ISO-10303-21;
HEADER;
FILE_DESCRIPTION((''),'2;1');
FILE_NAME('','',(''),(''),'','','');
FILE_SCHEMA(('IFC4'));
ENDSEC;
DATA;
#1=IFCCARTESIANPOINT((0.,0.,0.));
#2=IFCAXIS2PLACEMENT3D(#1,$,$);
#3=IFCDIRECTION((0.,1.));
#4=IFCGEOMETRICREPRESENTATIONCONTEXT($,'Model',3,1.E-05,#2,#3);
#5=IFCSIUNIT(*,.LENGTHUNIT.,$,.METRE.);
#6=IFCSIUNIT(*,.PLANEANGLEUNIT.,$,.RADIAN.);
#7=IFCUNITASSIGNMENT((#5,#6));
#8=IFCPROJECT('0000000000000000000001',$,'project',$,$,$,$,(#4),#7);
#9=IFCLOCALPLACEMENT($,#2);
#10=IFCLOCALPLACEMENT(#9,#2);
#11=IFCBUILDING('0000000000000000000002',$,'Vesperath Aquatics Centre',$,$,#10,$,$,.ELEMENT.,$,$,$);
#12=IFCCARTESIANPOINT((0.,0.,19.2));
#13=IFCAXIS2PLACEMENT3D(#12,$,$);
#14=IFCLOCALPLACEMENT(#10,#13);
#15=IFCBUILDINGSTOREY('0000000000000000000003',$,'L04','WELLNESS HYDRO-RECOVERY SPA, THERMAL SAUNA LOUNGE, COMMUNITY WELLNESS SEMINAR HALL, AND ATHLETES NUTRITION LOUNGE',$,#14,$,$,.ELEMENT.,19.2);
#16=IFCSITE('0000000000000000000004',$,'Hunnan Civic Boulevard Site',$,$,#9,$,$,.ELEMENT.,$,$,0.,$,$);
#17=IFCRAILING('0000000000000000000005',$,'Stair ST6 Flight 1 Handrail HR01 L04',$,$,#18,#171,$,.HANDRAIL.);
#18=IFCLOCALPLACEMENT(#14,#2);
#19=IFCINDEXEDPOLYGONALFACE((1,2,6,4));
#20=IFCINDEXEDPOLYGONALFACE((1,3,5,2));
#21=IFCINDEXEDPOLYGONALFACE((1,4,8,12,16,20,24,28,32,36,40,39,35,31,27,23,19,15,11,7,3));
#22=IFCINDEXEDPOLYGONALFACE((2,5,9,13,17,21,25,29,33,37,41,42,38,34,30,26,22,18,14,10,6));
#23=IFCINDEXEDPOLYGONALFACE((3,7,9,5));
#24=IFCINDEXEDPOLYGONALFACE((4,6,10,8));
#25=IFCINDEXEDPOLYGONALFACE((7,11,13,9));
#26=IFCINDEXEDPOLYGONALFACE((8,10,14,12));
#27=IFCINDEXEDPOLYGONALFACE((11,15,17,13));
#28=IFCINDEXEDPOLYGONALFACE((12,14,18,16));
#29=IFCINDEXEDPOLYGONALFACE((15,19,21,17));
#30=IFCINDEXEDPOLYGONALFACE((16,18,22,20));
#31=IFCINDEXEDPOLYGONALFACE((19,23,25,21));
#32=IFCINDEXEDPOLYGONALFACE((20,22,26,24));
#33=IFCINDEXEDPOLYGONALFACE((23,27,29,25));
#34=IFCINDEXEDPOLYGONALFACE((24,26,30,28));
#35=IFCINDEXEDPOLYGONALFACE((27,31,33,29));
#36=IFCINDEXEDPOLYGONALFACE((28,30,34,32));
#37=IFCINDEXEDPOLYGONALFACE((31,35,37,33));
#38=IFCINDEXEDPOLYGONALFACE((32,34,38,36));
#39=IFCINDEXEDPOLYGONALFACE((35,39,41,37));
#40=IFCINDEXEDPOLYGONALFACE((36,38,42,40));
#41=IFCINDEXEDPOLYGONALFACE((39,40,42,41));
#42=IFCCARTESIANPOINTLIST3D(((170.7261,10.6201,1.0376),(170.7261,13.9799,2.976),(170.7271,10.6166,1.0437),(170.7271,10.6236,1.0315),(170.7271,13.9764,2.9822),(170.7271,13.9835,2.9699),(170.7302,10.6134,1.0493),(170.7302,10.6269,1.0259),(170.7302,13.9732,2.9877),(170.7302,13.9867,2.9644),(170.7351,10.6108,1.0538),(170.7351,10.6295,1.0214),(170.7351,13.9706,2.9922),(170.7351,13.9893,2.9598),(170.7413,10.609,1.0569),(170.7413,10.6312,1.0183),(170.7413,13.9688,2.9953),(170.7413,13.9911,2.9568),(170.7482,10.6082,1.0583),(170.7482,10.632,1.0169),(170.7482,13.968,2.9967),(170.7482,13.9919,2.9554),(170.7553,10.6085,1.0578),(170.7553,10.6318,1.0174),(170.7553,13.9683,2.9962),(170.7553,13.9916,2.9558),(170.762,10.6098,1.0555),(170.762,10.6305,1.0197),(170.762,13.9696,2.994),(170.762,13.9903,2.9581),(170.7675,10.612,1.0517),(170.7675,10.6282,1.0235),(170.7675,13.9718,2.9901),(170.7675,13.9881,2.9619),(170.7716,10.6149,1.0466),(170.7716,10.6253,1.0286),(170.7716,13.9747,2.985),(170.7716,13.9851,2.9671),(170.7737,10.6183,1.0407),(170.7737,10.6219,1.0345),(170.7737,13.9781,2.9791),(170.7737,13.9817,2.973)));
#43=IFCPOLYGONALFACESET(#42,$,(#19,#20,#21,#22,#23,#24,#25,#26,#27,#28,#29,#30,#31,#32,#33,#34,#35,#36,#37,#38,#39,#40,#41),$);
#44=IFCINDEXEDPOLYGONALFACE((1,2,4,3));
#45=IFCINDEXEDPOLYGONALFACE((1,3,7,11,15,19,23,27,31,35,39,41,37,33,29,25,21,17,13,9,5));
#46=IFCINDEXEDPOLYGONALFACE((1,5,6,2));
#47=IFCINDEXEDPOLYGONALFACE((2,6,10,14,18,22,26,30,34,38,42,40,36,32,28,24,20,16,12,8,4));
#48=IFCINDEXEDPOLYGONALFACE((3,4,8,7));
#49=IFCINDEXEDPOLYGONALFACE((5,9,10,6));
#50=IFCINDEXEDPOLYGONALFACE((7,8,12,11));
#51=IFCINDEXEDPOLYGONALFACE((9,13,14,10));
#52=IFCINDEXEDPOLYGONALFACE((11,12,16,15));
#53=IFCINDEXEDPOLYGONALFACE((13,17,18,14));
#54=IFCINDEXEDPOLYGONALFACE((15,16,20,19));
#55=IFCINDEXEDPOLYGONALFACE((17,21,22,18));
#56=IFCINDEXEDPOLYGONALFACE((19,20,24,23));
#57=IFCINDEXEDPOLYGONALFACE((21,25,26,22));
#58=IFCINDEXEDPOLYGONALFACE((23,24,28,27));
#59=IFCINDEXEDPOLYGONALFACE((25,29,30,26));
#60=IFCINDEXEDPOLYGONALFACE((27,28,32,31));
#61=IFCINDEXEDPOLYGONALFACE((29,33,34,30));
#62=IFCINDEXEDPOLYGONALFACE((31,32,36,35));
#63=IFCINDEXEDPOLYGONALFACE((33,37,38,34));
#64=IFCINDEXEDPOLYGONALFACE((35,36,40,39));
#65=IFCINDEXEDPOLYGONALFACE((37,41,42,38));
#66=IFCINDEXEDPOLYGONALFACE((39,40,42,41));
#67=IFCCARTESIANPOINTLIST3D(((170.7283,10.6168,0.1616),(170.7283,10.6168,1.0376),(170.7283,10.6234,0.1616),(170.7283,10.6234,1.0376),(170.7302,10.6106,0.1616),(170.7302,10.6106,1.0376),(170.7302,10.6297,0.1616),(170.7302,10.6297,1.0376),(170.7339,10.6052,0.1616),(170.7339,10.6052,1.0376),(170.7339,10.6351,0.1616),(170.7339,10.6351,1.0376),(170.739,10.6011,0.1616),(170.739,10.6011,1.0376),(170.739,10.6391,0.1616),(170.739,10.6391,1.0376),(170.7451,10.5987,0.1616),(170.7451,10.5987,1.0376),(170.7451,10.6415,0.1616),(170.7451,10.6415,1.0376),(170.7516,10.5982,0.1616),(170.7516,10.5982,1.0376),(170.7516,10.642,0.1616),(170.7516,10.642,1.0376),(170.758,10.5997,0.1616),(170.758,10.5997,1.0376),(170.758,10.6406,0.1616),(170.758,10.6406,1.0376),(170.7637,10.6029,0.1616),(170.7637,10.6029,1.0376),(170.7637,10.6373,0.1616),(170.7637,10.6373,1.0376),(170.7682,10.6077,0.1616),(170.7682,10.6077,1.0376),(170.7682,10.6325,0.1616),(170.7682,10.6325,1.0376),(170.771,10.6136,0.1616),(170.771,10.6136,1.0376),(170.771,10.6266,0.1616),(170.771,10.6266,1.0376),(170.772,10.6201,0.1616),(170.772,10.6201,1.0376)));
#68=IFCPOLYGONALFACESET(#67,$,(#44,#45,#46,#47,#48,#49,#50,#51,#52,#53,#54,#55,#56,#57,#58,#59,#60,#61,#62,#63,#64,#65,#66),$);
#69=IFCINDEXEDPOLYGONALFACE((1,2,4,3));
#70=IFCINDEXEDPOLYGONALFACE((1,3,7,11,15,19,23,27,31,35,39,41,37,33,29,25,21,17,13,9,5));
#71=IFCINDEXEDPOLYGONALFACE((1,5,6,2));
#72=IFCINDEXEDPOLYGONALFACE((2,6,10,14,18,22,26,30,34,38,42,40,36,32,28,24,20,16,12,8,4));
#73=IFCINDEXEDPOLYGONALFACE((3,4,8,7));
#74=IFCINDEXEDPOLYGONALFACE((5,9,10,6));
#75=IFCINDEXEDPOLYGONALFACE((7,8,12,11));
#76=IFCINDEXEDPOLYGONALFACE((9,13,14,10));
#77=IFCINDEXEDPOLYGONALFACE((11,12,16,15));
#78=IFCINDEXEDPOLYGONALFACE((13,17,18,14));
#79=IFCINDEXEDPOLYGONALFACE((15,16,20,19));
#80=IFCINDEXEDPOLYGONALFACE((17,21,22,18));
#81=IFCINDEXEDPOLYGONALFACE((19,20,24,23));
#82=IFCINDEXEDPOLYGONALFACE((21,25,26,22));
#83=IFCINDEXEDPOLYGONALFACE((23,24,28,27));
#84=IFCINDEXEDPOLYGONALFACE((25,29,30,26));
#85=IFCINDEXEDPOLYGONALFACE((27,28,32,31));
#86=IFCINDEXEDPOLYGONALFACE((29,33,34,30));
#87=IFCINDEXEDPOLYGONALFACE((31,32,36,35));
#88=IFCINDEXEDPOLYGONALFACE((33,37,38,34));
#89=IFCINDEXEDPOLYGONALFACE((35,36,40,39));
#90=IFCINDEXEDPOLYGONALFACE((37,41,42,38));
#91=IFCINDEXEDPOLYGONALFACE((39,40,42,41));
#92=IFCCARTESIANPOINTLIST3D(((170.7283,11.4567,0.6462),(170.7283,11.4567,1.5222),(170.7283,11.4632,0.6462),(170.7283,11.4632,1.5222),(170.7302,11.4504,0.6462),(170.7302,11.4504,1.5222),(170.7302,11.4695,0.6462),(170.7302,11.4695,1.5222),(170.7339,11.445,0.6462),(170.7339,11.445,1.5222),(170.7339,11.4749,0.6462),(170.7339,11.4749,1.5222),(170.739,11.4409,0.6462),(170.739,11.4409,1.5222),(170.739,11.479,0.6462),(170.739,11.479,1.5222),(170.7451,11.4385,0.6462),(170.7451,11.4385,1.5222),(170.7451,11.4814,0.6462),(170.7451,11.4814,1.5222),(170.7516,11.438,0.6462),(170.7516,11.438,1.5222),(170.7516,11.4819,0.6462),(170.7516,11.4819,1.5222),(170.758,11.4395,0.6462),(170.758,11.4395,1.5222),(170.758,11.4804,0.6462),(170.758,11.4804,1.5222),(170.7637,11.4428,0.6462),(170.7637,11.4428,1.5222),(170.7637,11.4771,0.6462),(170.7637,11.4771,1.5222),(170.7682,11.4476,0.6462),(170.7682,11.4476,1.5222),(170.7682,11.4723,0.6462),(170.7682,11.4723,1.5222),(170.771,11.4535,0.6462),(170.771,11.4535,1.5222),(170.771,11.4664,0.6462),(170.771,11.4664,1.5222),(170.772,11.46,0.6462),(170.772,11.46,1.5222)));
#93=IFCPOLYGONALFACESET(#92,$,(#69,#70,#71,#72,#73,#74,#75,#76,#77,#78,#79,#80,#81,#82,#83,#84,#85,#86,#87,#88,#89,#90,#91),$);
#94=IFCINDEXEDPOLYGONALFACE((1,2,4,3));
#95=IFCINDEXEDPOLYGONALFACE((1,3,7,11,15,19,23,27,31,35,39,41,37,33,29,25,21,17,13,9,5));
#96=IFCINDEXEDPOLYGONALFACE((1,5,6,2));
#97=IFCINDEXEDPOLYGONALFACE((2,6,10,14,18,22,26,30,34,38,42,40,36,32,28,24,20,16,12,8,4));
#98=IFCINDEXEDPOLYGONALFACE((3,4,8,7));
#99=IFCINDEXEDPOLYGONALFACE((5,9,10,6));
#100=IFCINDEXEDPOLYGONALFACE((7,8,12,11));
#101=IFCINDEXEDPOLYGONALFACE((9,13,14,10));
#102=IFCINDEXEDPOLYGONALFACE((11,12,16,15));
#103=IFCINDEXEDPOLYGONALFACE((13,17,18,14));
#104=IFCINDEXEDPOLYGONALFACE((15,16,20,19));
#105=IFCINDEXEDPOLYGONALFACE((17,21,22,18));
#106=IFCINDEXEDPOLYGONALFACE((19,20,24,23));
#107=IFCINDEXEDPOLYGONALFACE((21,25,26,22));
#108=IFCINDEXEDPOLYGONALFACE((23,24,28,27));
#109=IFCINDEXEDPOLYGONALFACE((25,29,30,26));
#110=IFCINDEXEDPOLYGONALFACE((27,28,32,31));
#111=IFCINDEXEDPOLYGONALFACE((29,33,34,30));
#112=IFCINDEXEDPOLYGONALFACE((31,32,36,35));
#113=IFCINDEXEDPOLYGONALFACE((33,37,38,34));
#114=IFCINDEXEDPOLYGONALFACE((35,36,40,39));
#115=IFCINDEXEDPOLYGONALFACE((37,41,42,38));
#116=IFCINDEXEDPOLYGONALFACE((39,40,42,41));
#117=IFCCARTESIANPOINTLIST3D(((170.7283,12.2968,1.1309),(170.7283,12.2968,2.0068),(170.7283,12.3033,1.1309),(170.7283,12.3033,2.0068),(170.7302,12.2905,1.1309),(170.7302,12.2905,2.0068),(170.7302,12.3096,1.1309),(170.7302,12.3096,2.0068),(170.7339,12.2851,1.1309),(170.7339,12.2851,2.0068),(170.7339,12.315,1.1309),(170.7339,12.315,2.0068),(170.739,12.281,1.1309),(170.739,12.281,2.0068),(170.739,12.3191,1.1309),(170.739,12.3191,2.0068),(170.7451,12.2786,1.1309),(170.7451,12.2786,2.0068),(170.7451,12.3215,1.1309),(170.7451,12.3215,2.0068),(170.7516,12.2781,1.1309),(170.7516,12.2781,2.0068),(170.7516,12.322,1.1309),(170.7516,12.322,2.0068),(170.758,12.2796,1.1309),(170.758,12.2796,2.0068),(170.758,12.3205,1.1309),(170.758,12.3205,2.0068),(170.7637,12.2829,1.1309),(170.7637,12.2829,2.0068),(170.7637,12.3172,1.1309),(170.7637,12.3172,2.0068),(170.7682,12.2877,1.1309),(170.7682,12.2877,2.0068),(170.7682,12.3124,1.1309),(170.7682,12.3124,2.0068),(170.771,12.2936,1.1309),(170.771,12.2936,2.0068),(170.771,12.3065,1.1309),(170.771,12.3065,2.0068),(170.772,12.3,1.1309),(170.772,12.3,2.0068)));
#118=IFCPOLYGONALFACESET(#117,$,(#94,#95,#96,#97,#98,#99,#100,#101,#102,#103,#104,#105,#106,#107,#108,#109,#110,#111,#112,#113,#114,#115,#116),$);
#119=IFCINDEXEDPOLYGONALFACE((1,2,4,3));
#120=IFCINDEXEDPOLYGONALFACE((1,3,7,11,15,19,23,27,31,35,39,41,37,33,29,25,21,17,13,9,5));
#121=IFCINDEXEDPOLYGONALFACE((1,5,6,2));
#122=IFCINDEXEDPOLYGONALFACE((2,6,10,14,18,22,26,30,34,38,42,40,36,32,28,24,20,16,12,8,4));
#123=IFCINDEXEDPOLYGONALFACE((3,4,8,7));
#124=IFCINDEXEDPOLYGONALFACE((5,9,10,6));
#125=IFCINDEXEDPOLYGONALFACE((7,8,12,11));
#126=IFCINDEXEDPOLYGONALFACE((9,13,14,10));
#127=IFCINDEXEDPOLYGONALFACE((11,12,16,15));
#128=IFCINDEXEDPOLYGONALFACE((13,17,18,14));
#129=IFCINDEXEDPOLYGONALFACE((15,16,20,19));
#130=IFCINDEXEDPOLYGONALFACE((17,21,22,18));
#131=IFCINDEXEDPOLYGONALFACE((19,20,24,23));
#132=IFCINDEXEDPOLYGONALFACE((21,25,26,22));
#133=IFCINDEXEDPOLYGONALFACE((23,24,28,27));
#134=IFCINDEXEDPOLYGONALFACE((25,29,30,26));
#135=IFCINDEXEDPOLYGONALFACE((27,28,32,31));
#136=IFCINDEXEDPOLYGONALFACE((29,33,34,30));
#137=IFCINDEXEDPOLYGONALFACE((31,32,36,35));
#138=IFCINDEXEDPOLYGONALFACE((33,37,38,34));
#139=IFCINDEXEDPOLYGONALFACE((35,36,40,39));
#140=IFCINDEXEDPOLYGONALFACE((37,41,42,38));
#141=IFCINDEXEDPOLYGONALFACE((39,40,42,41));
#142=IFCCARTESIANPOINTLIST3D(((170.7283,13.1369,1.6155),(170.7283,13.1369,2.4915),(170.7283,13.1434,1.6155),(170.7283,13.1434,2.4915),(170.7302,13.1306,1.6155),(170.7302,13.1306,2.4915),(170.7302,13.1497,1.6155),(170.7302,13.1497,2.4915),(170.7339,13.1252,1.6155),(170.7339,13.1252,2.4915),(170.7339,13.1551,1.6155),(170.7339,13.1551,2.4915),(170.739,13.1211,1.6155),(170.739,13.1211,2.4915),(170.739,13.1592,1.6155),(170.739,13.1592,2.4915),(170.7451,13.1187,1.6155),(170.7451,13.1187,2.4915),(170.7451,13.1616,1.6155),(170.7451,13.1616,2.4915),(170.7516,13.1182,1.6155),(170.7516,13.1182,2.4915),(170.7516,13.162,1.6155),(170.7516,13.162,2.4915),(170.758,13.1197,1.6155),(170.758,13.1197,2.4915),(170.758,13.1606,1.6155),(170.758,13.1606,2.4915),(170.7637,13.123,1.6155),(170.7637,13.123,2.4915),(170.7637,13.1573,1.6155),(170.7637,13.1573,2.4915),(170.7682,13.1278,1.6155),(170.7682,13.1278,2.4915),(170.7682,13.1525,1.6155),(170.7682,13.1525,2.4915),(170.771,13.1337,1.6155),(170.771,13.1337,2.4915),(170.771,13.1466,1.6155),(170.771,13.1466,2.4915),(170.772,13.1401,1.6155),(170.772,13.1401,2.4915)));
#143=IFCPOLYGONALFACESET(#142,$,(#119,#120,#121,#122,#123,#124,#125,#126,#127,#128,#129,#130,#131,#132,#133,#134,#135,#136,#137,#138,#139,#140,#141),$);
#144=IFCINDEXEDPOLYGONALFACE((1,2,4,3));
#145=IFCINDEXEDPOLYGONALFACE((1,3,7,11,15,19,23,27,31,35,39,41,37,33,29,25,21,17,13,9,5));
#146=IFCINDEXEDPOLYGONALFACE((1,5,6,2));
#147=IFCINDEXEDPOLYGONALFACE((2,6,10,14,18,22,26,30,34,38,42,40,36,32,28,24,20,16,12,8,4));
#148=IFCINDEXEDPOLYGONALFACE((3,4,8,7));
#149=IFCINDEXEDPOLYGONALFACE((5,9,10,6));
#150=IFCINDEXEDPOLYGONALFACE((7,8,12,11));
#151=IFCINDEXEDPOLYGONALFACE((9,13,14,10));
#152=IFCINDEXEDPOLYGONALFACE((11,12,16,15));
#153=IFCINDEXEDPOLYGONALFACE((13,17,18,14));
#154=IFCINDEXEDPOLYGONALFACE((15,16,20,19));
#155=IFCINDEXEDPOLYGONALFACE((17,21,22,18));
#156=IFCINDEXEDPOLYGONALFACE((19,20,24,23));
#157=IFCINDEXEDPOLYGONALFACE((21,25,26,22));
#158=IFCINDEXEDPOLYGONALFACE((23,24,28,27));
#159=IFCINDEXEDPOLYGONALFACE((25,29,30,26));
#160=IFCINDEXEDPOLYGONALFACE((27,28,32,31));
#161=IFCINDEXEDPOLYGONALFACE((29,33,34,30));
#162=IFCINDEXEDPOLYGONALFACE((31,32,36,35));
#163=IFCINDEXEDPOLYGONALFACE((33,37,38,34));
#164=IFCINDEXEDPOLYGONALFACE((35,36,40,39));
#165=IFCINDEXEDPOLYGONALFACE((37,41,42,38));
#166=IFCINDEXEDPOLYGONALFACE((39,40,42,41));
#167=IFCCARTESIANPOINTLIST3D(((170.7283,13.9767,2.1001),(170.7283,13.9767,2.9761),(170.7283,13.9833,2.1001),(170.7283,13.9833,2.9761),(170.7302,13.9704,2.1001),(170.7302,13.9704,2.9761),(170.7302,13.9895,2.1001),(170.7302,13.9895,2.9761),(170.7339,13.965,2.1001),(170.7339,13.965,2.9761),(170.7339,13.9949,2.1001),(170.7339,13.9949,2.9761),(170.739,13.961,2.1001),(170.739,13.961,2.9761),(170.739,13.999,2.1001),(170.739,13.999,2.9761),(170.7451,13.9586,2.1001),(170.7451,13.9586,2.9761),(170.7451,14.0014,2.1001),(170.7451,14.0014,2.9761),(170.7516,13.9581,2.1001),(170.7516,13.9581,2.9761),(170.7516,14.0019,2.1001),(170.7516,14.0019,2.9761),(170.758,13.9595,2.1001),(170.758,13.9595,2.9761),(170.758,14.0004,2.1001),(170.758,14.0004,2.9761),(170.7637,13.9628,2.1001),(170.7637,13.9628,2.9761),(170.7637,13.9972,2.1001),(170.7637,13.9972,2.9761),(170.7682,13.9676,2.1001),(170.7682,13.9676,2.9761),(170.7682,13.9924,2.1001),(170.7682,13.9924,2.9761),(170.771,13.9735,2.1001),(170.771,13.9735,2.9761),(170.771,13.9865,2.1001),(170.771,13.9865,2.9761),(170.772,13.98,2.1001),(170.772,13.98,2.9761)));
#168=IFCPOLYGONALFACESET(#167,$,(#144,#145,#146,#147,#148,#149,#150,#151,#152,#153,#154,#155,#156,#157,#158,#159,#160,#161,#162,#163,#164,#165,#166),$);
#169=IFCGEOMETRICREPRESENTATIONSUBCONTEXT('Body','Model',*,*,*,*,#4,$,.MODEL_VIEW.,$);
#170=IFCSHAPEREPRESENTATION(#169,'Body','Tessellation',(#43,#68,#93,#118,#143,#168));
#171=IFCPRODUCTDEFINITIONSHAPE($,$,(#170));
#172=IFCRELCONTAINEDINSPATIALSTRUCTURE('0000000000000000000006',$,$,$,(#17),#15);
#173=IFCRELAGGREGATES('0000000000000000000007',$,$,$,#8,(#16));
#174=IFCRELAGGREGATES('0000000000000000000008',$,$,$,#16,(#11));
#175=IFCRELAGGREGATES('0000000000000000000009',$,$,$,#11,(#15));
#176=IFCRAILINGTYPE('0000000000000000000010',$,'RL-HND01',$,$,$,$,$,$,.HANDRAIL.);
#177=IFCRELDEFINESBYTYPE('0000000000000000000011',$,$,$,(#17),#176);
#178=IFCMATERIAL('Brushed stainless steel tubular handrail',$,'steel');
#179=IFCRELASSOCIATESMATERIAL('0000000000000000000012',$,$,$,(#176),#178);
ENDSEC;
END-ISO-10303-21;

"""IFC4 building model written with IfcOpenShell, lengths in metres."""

from ifc_helpers import new_model, si_unit, direction, frame, origin, origin_2d, place, context, subcontext, project, spatial, circle, extrude, material, type_object, element, save


model = new_model("IFC4")

# Units and contexts
model_context = context("Model", 3, precision=1e-05, world=origin(), true_north=direction((0.0, 1.0)))
body_context = subcontext(model_context, "Body", "Model", "MODEL_VIEW")
ifc_project = project(units=[si_unit("LENGTHUNIT", "METRE"), si_unit("PLANEANGLEUNIT", "RADIAN")], contexts=[model_context])

# Site, building, storey
site_placement = place(None, origin())
site = spatial("IfcSite", under=ifc_project, at=site_placement, Name="Hunnan Civic Boulevard Site", CompositionType="ELEMENT", RefElevation=0.0)
building_placement = place(site_placement, origin())
building = spatial("IfcBuilding", under=site, at=building_placement, Name="Vesperath Aquatics Centre", CompositionType="ELEMENT")
storey_placement = place(building_placement, frame((0.0, 0.0, 19.2)))
storey = spatial("IfcBuildingStorey", under=building, at=storey_placement, Name="L04", Description="WELLNESS HYDRO-RECOVERY SPA, THERMAL SAUNA LOUNGE, COMMUNITY WELLNESS SEMINAR HALL, AND ATHLETES NUTRITION LOUNGE", CompositionType="ELEMENT", Elevation=19.2)

# Railing
ifc_material_1 = material(Name="Brushed stainless steel tubular handrail", Category="steel")
railing_type_1 = type_object("IfcRailingType", Name="RL-HND01", PredefinedType="HANDRAIL", material=ifc_material_1)
railing_1_placement = place(storey_placement, frame((170.75, 10.6201, 0.1616)))
element("IfcRailing", 1, at=railing_1_placement, inside=storey, type_object=railing_type_1, Name="Stair ST6 Flight 1 Handrail HR01 L04", PredefinedType="HANDRAIL", context=body_context, shape_type="SweptSolid", body=[
    extrude(circle(Radius=0.0239, at=origin_2d()), frame((0.0, 0.0, 0.876), z_axis=(0.0, 0.866175, 0.499741), x_axis=(-1.0, 0.0, 0.0)), (0.0, 0.0, 1.0), 3.8789),
    extrude(circle(Radius=0.022, at=origin_2d()), origin(), (0.0, 0.0, 1.0), 0.876),
    extrude(circle(Radius=0.022, at=origin_2d()), frame((0.0, 0.8398, 0.4846)), (0.0, 0.0, 1.0), 0.876),
    extrude(circle(Radius=0.022, at=origin_2d()), frame((0.0, 1.6799, 0.9692)), (0.0, 0.0, 1.0), 0.876),
    extrude(circle(Radius=0.022, at=origin_2d()), frame((0.0, 2.52, 1.4539)), (0.0, 0.0, 1.0), 0.876),
    extrude(circle(Radius=0.022, at=origin_2d()), frame((0.0, 3.3599, 1.9385)), (0.0, 0.0, 1.0), 0.876),
])

save(model, "model.ifc")
